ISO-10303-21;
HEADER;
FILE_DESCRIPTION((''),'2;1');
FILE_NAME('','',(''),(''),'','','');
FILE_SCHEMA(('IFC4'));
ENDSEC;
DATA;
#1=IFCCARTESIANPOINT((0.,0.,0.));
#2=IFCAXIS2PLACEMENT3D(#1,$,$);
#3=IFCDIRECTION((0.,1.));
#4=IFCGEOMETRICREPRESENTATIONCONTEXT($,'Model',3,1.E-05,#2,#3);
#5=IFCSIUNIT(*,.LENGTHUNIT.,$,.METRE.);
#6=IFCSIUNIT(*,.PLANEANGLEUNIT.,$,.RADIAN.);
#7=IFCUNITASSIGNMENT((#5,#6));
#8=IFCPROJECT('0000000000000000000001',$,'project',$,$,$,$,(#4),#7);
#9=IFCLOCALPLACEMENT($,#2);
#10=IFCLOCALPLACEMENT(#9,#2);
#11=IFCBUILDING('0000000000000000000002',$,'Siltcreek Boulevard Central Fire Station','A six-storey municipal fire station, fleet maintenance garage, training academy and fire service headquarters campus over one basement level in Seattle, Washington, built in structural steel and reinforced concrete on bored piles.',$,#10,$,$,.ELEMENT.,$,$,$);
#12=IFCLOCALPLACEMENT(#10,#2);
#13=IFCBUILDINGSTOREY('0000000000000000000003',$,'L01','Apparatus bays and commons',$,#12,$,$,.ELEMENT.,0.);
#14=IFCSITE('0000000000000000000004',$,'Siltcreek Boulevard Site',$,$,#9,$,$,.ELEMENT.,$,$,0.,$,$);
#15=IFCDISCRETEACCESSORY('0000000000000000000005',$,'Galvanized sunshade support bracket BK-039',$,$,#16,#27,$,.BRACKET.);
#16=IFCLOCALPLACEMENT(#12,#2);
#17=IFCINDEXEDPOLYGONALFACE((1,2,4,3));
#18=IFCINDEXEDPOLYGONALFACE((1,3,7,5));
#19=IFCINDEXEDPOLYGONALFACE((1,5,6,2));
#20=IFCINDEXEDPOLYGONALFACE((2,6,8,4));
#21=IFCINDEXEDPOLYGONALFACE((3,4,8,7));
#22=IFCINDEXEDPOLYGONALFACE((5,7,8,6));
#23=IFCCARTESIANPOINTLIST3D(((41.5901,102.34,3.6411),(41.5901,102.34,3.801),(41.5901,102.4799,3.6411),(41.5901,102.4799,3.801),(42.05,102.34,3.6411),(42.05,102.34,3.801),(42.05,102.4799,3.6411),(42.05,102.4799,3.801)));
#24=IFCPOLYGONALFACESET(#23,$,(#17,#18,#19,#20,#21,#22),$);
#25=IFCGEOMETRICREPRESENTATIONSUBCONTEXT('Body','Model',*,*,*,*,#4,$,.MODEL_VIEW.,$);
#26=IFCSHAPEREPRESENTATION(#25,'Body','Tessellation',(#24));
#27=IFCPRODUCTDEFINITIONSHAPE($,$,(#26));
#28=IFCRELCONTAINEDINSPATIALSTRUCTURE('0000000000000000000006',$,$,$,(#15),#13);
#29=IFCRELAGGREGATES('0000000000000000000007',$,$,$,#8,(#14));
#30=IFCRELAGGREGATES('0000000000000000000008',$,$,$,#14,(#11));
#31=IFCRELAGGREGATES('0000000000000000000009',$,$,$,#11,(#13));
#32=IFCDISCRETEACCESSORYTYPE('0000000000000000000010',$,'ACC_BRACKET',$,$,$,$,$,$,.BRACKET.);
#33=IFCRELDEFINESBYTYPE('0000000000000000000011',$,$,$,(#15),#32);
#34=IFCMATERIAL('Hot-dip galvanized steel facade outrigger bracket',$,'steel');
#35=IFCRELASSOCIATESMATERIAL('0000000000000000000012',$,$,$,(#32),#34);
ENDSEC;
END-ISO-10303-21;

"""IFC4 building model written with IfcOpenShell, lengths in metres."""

from ifc_helpers import new_model, si_unit, direction, frame, origin, origin_2d, place, context, subcontext, project, spatial, rectangle, extrude, material, type_object, element, save


model = new_model("IFC4")

# Units and contexts
model_context = context("Model", 3, precision=1e-05, world=origin(), true_north=direction((0.0, 1.0)))
body_context = subcontext(model_context, "Body", "Model", "MODEL_VIEW")
ifc_project = project(units=[si_unit("LENGTHUNIT", "METRE"), si_unit("PLANEANGLEUNIT", "RADIAN")], contexts=[model_context])

# Site, building, storey
site_placement = place(None, origin())
site = spatial("IfcSite", under=ifc_project, at=site_placement, Name="Siltcreek Boulevard Site", CompositionType="ELEMENT", RefElevation=0.0)
building_placement = place(site_placement, origin())
building = spatial("IfcBuilding", under=site, at=building_placement, Name="Siltcreek Boulevard Central Fire Station", Description="A six-storey municipal fire station, fleet maintenance garage, training academy and fire service headquarters campus over one basement level in Seattle, Washington, built in structural steel and reinforced concrete on bored piles.", CompositionType="ELEMENT")
storey_placement = place(building_placement, origin())
storey = spatial("IfcBuildingStorey", under=building, at=storey_placement, Name="L01", Description="Apparatus bays and commons", CompositionType="ELEMENT", Elevation=0.0)

# Discrete accessory
ifc_material_1 = material(Name="Hot-dip galvanized steel facade outrigger bracket", Category="steel")
discrete_accessory_type = type_object("IfcDiscreteAccessoryType", Name="ACC_BRACKET", PredefinedType="BRACKET", material=ifc_material_1)
discrete_accessory_placement = place(storey_placement, frame((41.8201, 102.4099, 3.6411), z_axis=(0.0, 0.0, 1.0), x_axis=(0.0, -1.0, 0.0)))
element("IfcDiscreteAccessory", 1, at=discrete_accessory_placement, inside=storey, type_object=discrete_accessory_type, Name="Galvanized sunshade support bracket BK-039", PredefinedType="BRACKET", context=body_context, shape_type="SweptSolid", body=[
    extrude(rectangle(XDim=0.1399, YDim=0.46, at=origin_2d()), origin(), (0.0, 0.0, 1.0), 0.1599),
])

save(model, "model.ifc")
